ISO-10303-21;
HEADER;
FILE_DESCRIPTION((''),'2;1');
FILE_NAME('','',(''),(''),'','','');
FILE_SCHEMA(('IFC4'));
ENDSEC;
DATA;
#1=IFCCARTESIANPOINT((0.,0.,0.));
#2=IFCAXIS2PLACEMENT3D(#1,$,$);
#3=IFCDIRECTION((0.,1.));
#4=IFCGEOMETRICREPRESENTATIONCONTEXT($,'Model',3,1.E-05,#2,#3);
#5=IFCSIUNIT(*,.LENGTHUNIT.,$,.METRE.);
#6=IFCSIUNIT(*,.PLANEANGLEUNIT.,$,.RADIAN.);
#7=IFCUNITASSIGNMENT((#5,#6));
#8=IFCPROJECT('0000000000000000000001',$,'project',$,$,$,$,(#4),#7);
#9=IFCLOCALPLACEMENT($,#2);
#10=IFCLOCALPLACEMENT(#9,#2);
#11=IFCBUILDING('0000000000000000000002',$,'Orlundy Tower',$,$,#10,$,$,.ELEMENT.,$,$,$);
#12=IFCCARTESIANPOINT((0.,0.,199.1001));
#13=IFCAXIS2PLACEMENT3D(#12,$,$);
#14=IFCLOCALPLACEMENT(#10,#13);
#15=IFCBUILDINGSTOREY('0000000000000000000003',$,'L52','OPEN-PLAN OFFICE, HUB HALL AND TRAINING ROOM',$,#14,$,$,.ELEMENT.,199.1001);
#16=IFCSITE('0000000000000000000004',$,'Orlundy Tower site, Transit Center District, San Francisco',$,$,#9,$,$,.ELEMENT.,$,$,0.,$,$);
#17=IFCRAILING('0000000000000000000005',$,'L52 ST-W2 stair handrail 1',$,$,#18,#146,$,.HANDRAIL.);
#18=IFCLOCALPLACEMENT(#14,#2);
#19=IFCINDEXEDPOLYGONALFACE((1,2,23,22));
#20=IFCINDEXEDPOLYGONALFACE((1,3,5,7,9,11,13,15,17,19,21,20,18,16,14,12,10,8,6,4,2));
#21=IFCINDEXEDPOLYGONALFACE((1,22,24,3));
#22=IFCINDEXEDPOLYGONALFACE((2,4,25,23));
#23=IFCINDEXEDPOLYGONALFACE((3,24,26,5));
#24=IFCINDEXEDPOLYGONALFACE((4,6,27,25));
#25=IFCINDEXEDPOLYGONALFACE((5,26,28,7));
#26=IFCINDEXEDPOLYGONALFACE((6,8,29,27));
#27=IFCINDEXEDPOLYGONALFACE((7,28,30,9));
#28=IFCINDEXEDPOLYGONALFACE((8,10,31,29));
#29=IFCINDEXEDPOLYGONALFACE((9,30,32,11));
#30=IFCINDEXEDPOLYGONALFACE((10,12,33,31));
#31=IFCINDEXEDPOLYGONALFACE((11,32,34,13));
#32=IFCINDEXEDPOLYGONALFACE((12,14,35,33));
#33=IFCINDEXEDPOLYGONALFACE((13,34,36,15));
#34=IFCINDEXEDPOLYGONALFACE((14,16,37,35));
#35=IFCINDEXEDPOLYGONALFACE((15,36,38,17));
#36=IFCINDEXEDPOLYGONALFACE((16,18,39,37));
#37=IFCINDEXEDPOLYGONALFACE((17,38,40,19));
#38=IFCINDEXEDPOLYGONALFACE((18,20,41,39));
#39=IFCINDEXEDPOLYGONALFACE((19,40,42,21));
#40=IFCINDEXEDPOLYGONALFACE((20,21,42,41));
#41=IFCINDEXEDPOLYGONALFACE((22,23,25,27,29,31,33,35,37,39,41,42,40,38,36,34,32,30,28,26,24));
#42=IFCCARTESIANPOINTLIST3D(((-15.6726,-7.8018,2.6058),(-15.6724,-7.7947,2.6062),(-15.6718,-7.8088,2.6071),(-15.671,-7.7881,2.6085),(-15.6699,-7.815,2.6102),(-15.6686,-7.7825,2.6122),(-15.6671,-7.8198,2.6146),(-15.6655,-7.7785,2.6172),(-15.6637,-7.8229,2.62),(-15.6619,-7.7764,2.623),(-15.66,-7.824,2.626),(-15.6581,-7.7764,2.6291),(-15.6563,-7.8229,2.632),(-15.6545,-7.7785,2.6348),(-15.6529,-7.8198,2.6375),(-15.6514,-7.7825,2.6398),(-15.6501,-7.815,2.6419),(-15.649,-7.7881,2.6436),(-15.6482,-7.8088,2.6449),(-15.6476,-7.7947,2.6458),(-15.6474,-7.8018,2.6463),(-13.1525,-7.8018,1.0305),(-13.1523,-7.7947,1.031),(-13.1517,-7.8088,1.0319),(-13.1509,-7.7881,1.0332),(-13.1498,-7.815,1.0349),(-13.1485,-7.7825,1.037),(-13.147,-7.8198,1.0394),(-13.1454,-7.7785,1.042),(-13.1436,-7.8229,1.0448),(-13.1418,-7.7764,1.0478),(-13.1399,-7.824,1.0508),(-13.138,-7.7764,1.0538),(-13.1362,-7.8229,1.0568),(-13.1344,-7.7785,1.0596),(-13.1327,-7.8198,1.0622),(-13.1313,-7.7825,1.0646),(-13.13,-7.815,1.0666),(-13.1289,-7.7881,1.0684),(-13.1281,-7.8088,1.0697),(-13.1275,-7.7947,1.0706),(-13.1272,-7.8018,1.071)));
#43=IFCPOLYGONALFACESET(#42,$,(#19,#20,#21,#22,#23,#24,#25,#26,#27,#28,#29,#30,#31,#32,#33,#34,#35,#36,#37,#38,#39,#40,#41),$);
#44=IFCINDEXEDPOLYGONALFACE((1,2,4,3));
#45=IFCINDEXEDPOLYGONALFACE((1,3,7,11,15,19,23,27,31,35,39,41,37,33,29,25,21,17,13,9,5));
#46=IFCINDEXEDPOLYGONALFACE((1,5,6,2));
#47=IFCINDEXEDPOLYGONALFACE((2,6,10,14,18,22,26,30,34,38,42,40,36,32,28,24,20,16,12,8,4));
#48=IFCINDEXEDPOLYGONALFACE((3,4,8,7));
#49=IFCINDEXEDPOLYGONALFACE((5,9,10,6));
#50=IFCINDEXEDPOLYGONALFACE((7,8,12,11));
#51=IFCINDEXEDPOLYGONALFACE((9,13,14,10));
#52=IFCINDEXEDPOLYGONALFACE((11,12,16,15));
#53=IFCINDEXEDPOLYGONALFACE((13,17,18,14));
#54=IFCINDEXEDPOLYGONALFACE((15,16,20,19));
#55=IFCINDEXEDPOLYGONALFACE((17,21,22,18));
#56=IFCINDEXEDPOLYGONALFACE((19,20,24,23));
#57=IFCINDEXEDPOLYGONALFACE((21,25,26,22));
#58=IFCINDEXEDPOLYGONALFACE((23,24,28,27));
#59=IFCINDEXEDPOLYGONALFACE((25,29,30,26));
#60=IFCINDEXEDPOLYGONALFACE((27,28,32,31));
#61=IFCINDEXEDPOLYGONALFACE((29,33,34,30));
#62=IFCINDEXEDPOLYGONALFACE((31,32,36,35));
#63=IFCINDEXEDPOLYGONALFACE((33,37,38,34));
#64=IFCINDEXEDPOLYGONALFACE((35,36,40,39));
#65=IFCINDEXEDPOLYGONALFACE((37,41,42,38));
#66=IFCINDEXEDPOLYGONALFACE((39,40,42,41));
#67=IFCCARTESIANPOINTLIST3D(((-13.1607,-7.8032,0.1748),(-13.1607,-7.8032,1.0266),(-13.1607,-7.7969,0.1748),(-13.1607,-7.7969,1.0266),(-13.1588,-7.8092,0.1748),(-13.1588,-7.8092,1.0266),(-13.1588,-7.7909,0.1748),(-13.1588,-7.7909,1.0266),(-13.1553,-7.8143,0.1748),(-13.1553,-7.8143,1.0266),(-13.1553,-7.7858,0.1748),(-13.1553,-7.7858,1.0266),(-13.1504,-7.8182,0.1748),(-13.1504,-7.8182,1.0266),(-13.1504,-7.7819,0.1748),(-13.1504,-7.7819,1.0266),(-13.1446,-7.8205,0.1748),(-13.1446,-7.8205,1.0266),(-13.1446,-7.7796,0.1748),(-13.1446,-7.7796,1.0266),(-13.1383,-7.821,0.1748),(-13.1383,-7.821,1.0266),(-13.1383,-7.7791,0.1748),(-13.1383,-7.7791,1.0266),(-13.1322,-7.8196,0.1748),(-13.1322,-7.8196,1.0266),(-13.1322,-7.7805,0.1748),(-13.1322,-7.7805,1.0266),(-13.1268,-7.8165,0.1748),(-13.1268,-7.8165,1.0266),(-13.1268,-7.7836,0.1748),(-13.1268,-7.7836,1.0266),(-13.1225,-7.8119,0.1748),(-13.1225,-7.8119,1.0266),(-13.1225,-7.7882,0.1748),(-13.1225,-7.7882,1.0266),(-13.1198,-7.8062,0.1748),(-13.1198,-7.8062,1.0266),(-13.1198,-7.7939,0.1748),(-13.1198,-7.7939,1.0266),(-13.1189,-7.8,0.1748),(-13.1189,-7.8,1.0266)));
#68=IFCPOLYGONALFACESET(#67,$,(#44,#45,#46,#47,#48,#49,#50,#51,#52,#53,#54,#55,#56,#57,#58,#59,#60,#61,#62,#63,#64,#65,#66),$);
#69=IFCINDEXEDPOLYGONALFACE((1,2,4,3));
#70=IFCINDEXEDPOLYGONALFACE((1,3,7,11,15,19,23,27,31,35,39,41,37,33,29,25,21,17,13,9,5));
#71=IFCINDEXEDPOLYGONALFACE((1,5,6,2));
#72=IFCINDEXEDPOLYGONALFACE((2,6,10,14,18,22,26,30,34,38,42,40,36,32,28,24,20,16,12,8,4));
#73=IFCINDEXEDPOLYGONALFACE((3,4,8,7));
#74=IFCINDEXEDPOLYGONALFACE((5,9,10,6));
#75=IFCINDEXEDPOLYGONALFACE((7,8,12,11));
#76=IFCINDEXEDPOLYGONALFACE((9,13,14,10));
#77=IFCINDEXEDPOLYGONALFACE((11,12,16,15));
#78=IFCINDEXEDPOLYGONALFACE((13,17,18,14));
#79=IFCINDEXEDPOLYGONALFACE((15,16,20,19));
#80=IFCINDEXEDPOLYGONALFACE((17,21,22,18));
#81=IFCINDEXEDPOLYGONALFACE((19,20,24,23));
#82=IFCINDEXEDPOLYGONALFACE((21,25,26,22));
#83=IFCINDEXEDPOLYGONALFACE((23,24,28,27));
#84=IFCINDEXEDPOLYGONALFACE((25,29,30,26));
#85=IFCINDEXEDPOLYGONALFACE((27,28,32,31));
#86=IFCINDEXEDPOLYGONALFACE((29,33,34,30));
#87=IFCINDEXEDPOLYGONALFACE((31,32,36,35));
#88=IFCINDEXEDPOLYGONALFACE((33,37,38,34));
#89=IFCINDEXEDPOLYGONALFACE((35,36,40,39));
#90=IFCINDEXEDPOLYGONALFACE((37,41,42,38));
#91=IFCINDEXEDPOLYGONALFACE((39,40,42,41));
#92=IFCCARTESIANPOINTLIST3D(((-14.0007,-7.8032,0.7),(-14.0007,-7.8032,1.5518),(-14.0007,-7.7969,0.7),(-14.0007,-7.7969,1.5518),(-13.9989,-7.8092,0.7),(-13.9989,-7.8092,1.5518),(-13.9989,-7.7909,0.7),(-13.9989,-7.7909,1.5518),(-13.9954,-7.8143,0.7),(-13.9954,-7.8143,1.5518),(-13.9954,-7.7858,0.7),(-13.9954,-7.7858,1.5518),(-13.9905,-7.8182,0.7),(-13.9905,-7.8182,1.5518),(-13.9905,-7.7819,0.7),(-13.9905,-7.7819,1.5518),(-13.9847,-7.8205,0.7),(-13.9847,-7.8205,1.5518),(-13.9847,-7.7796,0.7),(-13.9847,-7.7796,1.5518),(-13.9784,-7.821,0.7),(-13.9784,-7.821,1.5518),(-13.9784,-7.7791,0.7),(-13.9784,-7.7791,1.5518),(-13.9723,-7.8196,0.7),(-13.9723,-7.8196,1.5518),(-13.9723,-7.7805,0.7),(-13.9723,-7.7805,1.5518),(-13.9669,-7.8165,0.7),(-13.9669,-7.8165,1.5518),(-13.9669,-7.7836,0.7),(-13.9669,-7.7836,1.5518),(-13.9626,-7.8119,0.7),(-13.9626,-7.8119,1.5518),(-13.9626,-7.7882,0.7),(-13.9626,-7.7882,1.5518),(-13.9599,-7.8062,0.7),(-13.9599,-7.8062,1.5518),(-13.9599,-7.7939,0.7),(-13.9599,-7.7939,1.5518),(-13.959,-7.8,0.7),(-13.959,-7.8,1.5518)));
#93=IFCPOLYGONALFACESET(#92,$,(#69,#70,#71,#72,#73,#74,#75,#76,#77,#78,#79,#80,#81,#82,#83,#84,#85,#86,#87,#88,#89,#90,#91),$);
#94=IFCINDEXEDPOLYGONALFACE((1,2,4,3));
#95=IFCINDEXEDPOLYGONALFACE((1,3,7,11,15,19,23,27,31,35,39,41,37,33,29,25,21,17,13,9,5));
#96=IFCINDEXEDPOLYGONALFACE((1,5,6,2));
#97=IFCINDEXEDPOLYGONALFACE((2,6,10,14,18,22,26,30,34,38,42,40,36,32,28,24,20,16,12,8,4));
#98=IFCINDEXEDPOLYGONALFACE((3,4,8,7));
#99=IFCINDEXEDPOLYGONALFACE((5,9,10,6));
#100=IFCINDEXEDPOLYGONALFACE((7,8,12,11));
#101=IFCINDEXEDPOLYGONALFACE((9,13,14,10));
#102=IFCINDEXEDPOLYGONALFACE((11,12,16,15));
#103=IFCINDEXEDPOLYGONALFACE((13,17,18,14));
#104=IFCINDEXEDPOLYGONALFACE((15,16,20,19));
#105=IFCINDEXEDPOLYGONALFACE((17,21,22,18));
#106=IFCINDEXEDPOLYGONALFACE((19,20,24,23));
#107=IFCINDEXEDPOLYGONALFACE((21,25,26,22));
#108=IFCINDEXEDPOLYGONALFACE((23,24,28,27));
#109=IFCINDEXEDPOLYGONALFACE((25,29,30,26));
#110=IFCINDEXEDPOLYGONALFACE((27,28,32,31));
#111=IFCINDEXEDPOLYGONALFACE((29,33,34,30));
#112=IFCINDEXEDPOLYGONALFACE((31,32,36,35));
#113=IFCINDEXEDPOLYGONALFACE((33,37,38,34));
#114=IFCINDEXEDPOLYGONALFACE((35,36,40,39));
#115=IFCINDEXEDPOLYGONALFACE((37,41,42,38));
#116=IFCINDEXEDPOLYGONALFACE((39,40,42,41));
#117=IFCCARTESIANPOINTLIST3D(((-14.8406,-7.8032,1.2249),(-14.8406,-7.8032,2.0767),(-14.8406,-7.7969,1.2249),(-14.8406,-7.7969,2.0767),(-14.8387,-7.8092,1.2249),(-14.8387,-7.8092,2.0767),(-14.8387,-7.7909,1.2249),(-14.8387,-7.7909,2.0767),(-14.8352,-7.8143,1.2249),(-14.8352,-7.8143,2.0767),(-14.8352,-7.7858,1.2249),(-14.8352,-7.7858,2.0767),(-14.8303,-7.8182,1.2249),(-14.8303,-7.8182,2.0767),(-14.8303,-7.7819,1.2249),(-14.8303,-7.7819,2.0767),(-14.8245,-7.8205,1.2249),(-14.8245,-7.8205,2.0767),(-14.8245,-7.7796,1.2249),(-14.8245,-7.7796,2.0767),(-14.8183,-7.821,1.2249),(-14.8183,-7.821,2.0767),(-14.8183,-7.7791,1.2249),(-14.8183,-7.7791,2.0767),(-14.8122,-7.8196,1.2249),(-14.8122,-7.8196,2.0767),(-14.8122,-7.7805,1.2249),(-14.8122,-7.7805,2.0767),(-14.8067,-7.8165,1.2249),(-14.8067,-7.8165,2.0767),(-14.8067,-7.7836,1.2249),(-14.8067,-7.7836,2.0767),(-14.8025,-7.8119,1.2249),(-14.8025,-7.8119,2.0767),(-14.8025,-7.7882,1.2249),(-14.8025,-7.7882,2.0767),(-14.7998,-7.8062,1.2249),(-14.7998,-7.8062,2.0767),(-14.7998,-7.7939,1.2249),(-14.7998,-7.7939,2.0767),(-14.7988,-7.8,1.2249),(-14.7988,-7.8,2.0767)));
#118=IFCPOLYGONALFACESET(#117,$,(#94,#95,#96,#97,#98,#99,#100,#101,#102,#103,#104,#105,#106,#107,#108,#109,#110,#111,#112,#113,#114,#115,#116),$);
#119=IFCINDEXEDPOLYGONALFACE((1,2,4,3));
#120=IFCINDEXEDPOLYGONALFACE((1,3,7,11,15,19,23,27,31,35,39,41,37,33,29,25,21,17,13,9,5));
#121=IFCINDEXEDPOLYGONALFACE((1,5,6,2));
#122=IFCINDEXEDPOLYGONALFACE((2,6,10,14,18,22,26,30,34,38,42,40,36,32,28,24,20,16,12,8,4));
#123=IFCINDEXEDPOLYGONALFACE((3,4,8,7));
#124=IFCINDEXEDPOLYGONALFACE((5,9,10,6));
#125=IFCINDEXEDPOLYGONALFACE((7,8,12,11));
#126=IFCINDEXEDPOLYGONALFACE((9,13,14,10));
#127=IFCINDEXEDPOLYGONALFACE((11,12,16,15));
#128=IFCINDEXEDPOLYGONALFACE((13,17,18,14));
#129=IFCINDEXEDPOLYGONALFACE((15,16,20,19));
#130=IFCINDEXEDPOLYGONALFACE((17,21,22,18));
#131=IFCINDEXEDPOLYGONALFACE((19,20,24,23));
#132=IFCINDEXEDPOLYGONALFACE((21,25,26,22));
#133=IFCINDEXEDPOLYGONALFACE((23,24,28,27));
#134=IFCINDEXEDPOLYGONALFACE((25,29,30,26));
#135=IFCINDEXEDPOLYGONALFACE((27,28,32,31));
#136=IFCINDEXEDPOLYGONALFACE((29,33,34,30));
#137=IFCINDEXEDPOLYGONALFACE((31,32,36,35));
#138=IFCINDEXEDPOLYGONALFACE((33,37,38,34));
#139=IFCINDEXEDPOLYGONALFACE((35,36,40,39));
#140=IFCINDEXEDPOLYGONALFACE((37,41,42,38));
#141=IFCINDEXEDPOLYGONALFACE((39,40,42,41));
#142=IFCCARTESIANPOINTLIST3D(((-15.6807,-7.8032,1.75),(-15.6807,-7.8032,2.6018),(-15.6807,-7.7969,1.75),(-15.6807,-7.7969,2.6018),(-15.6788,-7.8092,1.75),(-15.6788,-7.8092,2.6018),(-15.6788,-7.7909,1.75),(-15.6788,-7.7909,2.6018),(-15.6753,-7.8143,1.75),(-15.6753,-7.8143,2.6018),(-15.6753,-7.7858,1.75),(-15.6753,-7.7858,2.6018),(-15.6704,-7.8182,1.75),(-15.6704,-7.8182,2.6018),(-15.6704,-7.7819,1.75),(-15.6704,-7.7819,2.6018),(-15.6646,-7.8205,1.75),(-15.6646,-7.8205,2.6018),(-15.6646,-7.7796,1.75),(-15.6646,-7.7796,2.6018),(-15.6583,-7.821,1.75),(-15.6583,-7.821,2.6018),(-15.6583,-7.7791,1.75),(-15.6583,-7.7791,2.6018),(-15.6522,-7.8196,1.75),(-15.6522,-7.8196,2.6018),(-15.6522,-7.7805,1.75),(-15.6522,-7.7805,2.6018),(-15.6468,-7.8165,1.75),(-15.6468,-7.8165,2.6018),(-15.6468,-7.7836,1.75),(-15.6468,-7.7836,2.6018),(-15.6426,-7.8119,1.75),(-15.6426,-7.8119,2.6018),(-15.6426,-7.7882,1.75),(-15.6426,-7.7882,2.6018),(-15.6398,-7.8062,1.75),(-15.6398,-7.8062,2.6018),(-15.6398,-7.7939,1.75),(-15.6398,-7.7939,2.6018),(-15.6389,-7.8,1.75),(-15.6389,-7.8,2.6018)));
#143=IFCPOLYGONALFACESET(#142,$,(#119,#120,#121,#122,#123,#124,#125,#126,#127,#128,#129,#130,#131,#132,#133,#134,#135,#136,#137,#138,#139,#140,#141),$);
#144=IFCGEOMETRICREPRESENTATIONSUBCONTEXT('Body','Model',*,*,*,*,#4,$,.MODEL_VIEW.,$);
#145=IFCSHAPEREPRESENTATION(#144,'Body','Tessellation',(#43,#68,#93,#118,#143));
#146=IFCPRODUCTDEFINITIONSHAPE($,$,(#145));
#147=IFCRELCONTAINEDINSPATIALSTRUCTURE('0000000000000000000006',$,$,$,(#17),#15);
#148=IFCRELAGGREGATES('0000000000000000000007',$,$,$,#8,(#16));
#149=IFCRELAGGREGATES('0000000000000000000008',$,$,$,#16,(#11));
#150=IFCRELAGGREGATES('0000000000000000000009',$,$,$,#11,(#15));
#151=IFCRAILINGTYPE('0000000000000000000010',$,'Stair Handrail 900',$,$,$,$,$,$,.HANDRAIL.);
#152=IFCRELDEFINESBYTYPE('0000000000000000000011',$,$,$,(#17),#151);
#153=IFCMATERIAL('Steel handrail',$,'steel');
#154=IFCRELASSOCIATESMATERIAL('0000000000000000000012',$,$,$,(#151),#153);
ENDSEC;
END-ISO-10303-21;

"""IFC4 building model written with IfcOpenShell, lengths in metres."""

from ifc_helpers import new_model, si_unit, direction, frame, origin, origin_2d, place, context, subcontext, project, spatial, circle, extrude, material, type_object, element, save


model = new_model("IFC4")

# Units and contexts
model_context = context("Model", 3, precision=1e-05, world=origin(), true_north=direction((0.0, 1.0)))
body_context = subcontext(model_context, "Body", "Model", "MODEL_VIEW")
ifc_project = project(units=[si_unit("LENGTHUNIT", "METRE"), si_unit("PLANEANGLEUNIT", "RADIAN")], contexts=[model_context])

# Site, building, storey
site_placement = place(None, origin())
site = spatial("IfcSite", under=ifc_project, at=site_placement, Name="Orlundy Tower site, Transit Center District, San Francisco", CompositionType="ELEMENT", RefElevation=0.0)
building_placement = place(site_placement, origin())
building = spatial("IfcBuilding", under=site, at=building_placement, Name="Orlundy Tower", CompositionType="ELEMENT")
storey_placement = place(building_placement, frame((0.0, 0.0, 199.1001)))
storey = spatial("IfcBuildingStorey", under=building, at=storey_placement, Name="L52", Description="OPEN-PLAN OFFICE, HUB HALL AND TRAINING ROOM", CompositionType="ELEMENT", Elevation=199.1001)

# Railing
ifc_material_1 = material(Name="Steel handrail", Category="steel")
railing_type_1 = type_object("IfcRailingType", Name="Stair Handrail 900", PredefinedType="HANDRAIL", material=ifc_material_1)
railing_1_placement = place(storey_placement, frame((-13.1399, -7.8, 0.1748)))
element("IfcRailing", 1, at=railing_1_placement, inside=storey, type_object=railing_type_1, Name="L52 ST-W2 stair handrail 1", PredefinedType="HANDRAIL", context=body_context, shape_type="SweptSolid", body=[
    extrude(circle(Radius=0.0239, at=origin_2d()), frame((0.0, 0.0, 0.876), z_axis=(-0.847971, 0.0, 0.530043), x_axis=(0.0, -1.0, 0.0)), (0.0, 0.0, 1.0), 2.9719),
    extrude(circle(Radius=0.021, at=origin_2d()), origin(), (0.0, 0.0, 1.0), 0.8518),
    extrude(circle(Radius=0.021, at=origin_2d()), frame((-0.8401, 0.0, 0.5251)), (0.0, 0.0, 1.0), 0.8518),
    extrude(circle(Radius=0.021, at=origin_2d()), frame((-1.6799, 0.0, 1.05)), (0.0, 0.0, 1.0), 0.8518),
    extrude(circle(Radius=0.021, at=origin_2d()), frame((-2.52, 0.0, 1.5752)), (0.0, 0.0, 1.0), 0.8518),
])

save(model, "model.ifc")
